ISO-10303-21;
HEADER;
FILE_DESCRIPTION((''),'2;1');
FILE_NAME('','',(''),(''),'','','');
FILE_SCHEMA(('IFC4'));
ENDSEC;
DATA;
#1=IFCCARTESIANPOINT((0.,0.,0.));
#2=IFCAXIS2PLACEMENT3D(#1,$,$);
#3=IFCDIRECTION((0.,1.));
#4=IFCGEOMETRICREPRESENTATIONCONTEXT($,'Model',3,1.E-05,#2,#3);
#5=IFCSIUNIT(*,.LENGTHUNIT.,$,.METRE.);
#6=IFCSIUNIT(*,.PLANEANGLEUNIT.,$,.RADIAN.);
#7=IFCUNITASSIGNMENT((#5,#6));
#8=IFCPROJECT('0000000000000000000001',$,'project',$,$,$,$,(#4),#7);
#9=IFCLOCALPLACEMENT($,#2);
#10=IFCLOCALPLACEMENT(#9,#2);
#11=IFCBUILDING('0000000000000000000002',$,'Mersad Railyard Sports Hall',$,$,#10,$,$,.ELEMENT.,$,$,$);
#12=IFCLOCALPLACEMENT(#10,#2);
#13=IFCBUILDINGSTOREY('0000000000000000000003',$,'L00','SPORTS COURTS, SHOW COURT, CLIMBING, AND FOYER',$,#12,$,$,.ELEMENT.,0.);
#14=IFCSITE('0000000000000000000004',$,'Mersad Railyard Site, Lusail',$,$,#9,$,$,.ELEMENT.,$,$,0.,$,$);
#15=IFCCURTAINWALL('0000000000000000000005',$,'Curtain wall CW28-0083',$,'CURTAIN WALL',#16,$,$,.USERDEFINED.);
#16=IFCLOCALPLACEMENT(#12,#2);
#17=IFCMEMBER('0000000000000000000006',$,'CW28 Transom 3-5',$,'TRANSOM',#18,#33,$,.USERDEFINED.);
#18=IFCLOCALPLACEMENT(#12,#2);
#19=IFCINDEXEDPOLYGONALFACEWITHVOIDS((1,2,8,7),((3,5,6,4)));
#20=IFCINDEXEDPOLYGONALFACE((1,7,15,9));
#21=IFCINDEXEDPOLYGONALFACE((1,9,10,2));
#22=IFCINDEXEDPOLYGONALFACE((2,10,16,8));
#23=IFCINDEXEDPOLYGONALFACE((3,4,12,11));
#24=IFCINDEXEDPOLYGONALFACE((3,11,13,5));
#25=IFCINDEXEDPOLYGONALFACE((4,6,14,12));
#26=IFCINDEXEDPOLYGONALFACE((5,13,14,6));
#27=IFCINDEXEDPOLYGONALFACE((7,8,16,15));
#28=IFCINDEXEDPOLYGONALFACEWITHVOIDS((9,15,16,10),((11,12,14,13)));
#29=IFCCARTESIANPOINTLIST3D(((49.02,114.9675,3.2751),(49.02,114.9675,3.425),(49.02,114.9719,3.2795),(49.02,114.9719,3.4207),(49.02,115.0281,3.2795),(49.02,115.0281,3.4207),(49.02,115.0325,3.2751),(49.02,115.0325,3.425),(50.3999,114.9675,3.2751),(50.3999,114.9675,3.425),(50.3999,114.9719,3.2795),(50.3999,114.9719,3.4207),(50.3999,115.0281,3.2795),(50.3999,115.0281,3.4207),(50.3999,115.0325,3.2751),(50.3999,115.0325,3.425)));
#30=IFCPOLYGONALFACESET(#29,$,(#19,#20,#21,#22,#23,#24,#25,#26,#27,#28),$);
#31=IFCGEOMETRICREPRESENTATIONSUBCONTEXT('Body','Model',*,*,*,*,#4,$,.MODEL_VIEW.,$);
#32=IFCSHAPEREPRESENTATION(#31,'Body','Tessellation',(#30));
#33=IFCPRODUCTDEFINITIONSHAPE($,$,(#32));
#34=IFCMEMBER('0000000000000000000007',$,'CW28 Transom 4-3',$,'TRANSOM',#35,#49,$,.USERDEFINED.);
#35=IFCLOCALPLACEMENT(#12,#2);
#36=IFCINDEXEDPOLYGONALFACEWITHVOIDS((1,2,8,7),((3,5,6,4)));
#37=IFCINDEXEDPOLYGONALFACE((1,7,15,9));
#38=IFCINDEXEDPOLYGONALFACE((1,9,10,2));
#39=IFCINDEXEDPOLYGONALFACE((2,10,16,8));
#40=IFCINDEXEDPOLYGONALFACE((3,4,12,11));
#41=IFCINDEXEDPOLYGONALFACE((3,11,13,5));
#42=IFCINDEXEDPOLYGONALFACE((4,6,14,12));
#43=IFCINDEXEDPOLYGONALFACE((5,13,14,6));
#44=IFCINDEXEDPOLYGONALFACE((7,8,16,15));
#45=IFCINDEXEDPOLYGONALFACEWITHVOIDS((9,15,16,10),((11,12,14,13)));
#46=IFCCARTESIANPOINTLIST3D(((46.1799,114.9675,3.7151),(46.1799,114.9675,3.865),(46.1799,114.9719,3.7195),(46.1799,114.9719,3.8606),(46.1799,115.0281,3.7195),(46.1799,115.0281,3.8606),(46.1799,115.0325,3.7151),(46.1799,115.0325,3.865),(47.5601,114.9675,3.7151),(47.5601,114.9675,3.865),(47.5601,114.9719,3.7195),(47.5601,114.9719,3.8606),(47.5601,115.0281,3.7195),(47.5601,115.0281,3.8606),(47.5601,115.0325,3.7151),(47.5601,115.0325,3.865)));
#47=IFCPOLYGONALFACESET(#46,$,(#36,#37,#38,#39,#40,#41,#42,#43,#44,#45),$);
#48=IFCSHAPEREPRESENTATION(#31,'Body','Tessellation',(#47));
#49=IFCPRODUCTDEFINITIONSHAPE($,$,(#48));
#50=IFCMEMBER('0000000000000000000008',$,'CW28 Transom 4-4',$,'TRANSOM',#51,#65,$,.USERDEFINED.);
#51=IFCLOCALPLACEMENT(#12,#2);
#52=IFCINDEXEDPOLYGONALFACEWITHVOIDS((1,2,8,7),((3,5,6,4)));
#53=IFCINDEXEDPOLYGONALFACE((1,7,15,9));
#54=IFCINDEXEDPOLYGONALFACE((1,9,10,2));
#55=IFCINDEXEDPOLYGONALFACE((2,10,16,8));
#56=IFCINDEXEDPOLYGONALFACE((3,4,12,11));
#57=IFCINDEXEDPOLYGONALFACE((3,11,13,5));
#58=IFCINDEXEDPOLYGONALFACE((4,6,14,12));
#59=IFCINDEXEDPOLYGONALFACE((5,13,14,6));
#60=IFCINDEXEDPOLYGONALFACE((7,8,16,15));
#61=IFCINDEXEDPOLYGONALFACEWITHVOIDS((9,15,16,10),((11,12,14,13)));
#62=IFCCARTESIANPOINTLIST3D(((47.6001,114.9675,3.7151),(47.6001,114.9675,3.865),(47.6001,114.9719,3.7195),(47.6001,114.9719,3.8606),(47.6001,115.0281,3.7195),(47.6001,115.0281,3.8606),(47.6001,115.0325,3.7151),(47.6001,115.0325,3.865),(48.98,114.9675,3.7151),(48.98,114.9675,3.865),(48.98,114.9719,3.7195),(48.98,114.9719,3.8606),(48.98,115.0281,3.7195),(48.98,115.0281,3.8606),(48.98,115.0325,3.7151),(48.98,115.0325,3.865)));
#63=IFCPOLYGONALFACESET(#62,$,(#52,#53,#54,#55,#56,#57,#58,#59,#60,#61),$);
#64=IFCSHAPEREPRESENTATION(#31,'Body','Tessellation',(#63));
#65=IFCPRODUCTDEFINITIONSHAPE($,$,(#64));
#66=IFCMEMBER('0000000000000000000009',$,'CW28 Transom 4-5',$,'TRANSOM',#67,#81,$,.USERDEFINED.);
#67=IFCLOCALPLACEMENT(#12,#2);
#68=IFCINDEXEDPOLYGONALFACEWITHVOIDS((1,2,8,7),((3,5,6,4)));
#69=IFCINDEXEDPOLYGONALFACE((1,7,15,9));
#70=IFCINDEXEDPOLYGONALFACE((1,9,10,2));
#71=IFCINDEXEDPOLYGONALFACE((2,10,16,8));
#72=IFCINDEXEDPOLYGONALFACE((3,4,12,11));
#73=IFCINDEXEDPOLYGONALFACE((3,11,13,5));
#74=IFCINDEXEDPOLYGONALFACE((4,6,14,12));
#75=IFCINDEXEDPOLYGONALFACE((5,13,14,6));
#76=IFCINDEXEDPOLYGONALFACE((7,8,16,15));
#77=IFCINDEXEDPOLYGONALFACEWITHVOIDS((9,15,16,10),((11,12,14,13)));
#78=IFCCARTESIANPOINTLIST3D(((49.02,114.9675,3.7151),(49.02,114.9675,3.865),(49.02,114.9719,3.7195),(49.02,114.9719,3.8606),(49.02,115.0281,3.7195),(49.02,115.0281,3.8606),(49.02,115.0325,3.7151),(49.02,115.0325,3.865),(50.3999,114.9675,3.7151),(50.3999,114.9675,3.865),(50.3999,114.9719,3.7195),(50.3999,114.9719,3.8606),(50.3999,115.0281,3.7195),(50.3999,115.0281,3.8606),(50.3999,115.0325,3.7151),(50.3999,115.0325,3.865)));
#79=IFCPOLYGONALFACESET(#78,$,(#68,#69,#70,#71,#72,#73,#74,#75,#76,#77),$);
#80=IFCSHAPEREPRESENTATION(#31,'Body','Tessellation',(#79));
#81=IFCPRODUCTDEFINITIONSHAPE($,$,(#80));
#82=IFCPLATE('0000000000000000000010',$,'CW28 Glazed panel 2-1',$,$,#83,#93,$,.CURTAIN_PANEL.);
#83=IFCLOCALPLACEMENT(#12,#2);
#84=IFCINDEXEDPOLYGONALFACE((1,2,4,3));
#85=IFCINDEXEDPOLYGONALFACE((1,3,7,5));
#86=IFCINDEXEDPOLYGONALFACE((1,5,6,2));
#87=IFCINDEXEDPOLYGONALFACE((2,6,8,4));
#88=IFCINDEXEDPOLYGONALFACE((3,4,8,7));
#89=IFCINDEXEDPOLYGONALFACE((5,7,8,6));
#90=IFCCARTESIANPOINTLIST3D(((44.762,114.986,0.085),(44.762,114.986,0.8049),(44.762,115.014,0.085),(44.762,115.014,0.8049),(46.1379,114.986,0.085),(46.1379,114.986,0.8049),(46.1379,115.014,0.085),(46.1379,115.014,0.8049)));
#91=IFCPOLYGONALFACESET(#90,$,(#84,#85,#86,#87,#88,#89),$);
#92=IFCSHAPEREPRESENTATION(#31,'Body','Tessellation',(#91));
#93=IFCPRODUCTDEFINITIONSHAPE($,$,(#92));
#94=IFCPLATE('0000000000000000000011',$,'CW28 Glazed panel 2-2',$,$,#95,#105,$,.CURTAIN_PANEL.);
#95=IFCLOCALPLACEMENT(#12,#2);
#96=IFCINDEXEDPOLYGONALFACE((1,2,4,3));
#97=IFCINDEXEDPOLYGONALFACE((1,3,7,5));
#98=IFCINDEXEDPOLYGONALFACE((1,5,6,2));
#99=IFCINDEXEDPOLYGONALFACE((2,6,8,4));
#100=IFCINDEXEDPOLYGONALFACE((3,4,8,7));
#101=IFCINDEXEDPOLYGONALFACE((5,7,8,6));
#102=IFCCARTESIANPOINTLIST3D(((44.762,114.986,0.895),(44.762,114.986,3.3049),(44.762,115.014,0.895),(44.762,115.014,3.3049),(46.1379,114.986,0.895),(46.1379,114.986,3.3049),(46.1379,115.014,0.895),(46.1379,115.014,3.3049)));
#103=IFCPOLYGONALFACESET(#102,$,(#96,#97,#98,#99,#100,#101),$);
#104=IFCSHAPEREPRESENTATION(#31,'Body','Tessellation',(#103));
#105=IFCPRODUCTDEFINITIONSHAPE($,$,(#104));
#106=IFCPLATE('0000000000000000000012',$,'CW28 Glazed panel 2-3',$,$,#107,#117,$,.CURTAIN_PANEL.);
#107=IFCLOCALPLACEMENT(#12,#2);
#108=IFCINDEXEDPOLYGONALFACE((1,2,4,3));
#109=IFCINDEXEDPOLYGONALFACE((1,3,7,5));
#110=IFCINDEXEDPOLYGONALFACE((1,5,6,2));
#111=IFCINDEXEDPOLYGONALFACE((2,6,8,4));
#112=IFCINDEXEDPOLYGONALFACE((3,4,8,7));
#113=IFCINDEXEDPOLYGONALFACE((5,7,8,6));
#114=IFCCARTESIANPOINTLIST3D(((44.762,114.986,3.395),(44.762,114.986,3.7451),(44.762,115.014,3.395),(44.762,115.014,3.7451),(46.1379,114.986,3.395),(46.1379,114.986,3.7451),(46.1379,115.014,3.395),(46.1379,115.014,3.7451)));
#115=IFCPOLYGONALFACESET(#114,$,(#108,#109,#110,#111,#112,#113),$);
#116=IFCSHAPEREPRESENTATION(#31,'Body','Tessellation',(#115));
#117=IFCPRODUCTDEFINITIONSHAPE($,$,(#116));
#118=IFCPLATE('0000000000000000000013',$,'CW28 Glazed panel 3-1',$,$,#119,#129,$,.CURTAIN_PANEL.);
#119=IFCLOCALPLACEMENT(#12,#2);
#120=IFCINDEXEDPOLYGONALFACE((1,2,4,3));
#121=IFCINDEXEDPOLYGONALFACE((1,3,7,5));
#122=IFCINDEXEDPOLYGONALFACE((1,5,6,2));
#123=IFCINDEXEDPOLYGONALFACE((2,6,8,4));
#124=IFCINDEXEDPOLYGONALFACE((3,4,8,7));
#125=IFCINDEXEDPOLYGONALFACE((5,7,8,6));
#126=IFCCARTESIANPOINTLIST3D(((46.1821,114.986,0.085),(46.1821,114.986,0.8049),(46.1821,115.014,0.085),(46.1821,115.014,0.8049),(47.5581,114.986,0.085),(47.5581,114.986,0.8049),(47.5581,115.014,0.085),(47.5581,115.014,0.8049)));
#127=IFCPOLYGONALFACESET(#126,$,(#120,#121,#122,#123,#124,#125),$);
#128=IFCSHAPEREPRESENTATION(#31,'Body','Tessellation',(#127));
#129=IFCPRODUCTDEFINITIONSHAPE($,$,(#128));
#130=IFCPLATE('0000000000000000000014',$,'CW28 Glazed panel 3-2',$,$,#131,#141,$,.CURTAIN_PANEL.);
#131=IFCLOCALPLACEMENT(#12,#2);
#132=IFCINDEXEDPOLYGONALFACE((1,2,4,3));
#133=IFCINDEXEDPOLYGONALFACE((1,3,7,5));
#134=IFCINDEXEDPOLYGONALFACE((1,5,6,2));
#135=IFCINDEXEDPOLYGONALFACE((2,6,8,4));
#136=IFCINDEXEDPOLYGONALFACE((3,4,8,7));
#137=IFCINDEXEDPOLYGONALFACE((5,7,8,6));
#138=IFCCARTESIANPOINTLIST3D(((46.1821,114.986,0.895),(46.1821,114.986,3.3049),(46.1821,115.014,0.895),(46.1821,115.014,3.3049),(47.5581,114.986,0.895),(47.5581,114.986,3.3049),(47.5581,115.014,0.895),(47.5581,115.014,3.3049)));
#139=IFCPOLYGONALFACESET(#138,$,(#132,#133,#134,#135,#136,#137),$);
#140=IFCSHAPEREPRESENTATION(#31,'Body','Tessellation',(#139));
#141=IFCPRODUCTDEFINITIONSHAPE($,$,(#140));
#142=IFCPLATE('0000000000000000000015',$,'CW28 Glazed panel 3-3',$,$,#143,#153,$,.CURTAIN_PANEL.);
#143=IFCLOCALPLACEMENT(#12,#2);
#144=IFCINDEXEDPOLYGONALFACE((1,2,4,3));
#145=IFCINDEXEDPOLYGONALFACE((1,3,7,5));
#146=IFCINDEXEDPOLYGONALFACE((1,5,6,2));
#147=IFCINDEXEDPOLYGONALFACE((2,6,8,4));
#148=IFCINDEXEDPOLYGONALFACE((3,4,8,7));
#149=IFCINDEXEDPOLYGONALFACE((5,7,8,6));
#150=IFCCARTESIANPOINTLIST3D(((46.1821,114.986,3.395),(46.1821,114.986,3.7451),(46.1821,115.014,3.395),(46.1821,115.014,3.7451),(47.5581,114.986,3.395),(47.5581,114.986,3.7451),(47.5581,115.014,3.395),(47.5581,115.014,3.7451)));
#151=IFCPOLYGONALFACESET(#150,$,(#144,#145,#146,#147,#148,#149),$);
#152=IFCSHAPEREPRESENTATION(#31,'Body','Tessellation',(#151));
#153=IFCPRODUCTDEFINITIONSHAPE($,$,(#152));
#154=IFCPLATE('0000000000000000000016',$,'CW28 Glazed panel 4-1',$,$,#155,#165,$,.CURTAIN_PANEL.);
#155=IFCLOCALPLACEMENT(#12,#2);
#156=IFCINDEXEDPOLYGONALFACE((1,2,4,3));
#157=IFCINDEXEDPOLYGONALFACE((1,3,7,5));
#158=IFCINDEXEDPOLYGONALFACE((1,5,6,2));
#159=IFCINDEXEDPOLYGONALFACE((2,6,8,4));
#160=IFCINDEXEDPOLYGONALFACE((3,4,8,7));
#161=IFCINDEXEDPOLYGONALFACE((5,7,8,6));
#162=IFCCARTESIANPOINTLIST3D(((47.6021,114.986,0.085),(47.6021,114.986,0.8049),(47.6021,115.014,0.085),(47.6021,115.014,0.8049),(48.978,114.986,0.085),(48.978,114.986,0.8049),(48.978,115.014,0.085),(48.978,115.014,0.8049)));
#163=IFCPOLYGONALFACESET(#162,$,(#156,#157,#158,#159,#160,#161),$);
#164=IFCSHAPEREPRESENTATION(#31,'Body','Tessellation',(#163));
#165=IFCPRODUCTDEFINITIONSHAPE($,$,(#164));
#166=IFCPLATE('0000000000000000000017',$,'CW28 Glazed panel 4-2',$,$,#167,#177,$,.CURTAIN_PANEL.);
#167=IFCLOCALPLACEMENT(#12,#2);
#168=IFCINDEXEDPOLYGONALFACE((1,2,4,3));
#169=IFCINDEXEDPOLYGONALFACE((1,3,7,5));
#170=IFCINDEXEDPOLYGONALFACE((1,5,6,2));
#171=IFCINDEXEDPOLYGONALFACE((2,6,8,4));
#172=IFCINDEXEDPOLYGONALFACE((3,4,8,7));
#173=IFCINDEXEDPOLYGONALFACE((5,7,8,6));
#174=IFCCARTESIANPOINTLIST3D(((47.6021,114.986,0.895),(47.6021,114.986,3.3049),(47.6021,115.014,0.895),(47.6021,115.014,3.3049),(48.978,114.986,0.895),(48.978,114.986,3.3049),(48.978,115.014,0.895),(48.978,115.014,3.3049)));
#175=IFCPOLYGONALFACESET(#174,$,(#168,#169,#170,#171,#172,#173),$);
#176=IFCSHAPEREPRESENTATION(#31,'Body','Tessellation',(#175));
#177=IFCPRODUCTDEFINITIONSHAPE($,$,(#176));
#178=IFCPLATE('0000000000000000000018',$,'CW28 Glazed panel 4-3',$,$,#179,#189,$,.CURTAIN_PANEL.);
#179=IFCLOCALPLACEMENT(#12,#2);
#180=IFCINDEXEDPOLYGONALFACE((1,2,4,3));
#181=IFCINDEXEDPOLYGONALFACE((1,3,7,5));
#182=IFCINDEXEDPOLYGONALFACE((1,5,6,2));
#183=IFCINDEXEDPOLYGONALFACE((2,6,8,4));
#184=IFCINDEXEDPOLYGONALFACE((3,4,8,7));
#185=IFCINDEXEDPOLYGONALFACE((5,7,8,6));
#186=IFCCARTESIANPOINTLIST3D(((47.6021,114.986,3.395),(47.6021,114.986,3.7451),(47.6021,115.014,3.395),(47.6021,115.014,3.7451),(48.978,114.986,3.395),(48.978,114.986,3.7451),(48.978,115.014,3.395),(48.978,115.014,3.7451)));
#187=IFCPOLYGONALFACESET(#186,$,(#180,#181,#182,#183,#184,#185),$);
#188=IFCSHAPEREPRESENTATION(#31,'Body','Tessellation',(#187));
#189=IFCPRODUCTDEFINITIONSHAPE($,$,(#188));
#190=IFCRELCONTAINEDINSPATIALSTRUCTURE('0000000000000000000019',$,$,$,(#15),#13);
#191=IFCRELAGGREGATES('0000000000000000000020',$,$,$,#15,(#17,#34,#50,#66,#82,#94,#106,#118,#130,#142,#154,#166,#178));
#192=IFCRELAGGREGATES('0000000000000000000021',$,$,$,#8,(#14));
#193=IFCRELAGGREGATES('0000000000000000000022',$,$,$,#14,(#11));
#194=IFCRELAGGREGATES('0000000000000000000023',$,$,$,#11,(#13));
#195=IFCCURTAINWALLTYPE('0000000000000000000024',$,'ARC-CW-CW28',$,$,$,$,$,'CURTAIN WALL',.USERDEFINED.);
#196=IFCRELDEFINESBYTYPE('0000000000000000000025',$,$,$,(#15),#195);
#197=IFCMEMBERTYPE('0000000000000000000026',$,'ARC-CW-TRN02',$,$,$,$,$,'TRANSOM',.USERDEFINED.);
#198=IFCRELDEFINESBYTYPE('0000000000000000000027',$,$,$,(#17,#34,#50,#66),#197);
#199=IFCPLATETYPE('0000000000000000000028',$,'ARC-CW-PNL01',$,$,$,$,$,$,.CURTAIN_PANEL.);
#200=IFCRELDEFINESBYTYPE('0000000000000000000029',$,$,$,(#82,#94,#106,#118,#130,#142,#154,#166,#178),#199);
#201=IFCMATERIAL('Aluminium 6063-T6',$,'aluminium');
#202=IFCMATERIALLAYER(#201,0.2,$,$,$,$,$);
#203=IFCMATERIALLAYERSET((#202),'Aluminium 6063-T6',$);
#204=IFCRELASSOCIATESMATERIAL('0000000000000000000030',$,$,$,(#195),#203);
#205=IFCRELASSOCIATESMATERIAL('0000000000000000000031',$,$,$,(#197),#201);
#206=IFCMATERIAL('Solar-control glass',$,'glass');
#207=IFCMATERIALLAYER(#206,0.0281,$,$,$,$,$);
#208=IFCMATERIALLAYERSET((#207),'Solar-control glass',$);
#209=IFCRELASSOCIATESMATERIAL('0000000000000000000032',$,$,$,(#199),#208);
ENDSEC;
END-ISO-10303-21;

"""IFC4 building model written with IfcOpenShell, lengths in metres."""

from ifc_helpers import new_model, si_unit, direction, frame, origin, origin_2d, place, context, subcontext, project, spatial, rectangle, hollow_rectangle, extrude, material, layer, layer_set, material_profile, profile_set, type_object, element, aggregate, save


model = new_model("IFC4")

# Units and contexts
model_context = context("Model", 3, precision=1e-05, world=origin(), true_north=direction((0.0, 1.0)))
body_context = subcontext(model_context, "Body", "Model", "MODEL_VIEW")
ifc_project = project(units=[si_unit("LENGTHUNIT", "METRE"), si_unit("PLANEANGLEUNIT", "RADIAN")], contexts=[model_context])

# Site, building, storey
site_placement = place(None, origin())
site = spatial("IfcSite", under=ifc_project, at=site_placement, Name="Mersad Railyard Site, Lusail", CompositionType="ELEMENT", RefElevation=0.0)
building_placement = place(site_placement, origin())
building = spatial("IfcBuilding", under=site, at=building_placement, Name="Mersad Railyard Sports Hall", CompositionType="ELEMENT")
storey_placement = place(building_placement, origin())
storey = spatial("IfcBuildingStorey", under=building, at=storey_placement, Name="L00", Description="SPORTS COURTS, SHOW COURT, CLIMBING, AND FOYER", CompositionType="ELEMENT", Elevation=0.0)

# Curtain wall, members, plates
ifc_material_1 = material(Name="Aluminium 6063-T6", Category="aluminium")
ifc_layer_1 = layer(ifc_material_1, 0.2)
ifc_layer_set_1 = layer_set([ifc_layer_1], Name="Aluminium 6063-T6")
curtain_wall_type = type_object("IfcCurtainWallType", Name="ARC-CW-CW28", ElementType="CURTAIN WALL", PredefinedType="USERDEFINED", material=ifc_layer_set_1)
curtain_wall_placement = place(storey_placement, origin())
curtain_wall = element("IfcCurtainWall", 1, at=curtain_wall_placement, inside=storey, type_object=curtain_wall_type, Name="Curtain wall CW28-0083", ObjectType="CURTAIN WALL", PredefinedType="USERDEFINED")
ifc_material_profile_1 = material_profile(ifc_material_1, hollow_rectangle(XDim=0.0649, YDim=0.1499, WallThickness=0.0044, at=origin_2d()), Name="AL TRANSOM 65x150x4.5")
ifc_profile_set_1 = profile_set([ifc_material_profile_1], Name="Aluminium 6063-T6")
member_type_1 = type_object("IfcMemberType", Name="ARC-CW-TRN02", ElementType="TRANSOM", PredefinedType="USERDEFINED", material=ifc_profile_set_1)
member_1_placement = place(storey_placement, frame((49.02, 115.0, 3.3501), z_axis=(1.0, 0.0, 0.0), x_axis=(0.0, 1.0, 0.0)))
member_1 = element("IfcMember", 2, at=member_1_placement, type_object=member_type_1, Name="CW28 Transom 3-5", ObjectType="TRANSOM", PredefinedType="USERDEFINED", context=body_context, shape_type="SweptSolid", body=[
    extrude(hollow_rectangle(XDim=0.0649, YDim=0.1499, WallThickness=0.0044, at=origin_2d()), origin(), (0.0, 0.0, 1.0), 1.3799),
])
member_2_placement = place(storey_placement, frame((46.1799, 115.0, 3.79), z_axis=(1.0, 0.0, 0.0), x_axis=(0.0, 1.0, 0.0)))
member_2 = element("IfcMember", 3, at=member_2_placement, type_object=member_type_1, Name="CW28 Transom 4-3", ObjectType="TRANSOM", PredefinedType="USERDEFINED", context=body_context, shape_type="SweptSolid", body=[
    extrude(hollow_rectangle(XDim=0.0649, YDim=0.1499, WallThickness=0.0044, at=origin_2d()), origin(), (0.0, 0.0, 1.0), 1.3801),
])
member_3_placement = place(storey_placement, frame((47.6001, 115.0, 3.79), z_axis=(1.0, 0.0, 0.0), x_axis=(0.0, 1.0, 0.0)))
member_3 = element("IfcMember", 4, at=member_3_placement, type_object=member_type_1, Name="CW28 Transom 4-4", ObjectType="TRANSOM", PredefinedType="USERDEFINED", context=body_context, shape_type="SweptSolid", body=[
    extrude(hollow_rectangle(XDim=0.0649, YDim=0.1499, WallThickness=0.0044, at=origin_2d()), origin(), (0.0, 0.0, 1.0), 1.3799),
])
member_4_placement = place(storey_placement, frame((49.02, 115.0, 3.79), z_axis=(1.0, 0.0, 0.0), x_axis=(0.0, 1.0, 0.0)))
member_4 = element("IfcMember", 5, at=member_4_placement, type_object=member_type_1, Name="CW28 Transom 4-5", ObjectType="TRANSOM", PredefinedType="USERDEFINED", context=body_context, shape_type="SweptSolid", body=[
    extrude(hollow_rectangle(XDim=0.0649, YDim=0.1499, WallThickness=0.0044, at=origin_2d()), origin(), (0.0, 0.0, 1.0), 1.3799),
])
ifc_material_2 = material(Name="Solar-control glass", Category="glass")
ifc_layer_2 = layer(ifc_material_2, 0.0281)
ifc_layer_set_2 = layer_set([ifc_layer_2], Name="Solar-control glass")
plate_type = type_object("IfcPlateType", Name="ARC-CW-PNL01", PredefinedType="CURTAIN_PANEL", material=ifc_layer_set_2)
plate_1_placement = place(storey_placement, frame((45.45, 115.0, 0.085), z_axis=(0.0, 0.0, 1.0), x_axis=(1.0, 0.0, 0.0)))
plate_1 = element("IfcPlate", 6, at=plate_1_placement, type_object=plate_type, Name="CW28 Glazed panel 2-1", PredefinedType="CURTAIN_PANEL", context=body_context, shape_type="SweptSolid", body=[
    extrude(rectangle(XDim=1.376, YDim=0.0281, at=origin_2d()), origin(), (0.0, 0.0, 1.0), 0.72),
])
plate_2_placement = place(storey_placement, frame((45.45, 115.0, 0.895), z_axis=(0.0, 0.0, 1.0), x_axis=(1.0, 0.0, 0.0)))
plate_2 = element("IfcPlate", 7, at=plate_2_placement, type_object=plate_type, Name="CW28 Glazed panel 2-2", PredefinedType="CURTAIN_PANEL", context=body_context, shape_type="SweptSolid", body=[
    extrude(rectangle(XDim=1.376, YDim=0.0281, at=origin_2d()), origin(), (0.0, 0.0, 1.0), 2.4099),
])
plate_3_placement = place(storey_placement, frame((45.45, 115.0, 3.395), z_axis=(0.0, 0.0, 1.0), x_axis=(1.0, 0.0, 0.0)))
plate_3 = element("IfcPlate", 8, at=plate_3_placement, type_object=plate_type, Name="CW28 Glazed panel 2-3", PredefinedType="CURTAIN_PANEL", context=body_context, shape_type="SweptSolid", body=[
    extrude(rectangle(XDim=1.376, YDim=0.0281, at=origin_2d()), origin(), (0.0, 0.0, 1.0), 0.3501),
])
plate_4_placement = place(storey_placement, frame((46.8701, 115.0, 0.085), z_axis=(0.0, 0.0, 1.0), x_axis=(1.0, 0.0, 0.0)))
plate_4 = element("IfcPlate", 9, at=plate_4_placement, type_object=plate_type, Name="CW28 Glazed panel 3-1", PredefinedType="CURTAIN_PANEL", context=body_context, shape_type="SweptSolid", body=[
    extrude(rectangle(XDim=1.376, YDim=0.0281, at=origin_2d()), origin(), (0.0, 0.0, 1.0), 0.72),
])
plate_5_placement = place(storey_placement, frame((46.8701, 115.0, 0.895), z_axis=(0.0, 0.0, 1.0), x_axis=(1.0, 0.0, 0.0)))
plate_5 = element("IfcPlate", 10, at=plate_5_placement, type_object=plate_type, Name="CW28 Glazed panel 3-2", PredefinedType="CURTAIN_PANEL", context=body_context, shape_type="SweptSolid", body=[
    extrude(rectangle(XDim=1.376, YDim=0.0281, at=origin_2d()), origin(), (0.0, 0.0, 1.0), 2.4099),
])
plate_6_placement = place(storey_placement, frame((46.8701, 115.0, 3.395), z_axis=(0.0, 0.0, 1.0), x_axis=(1.0, 0.0, 0.0)))
plate_6 = element("IfcPlate", 11, at=plate_6_placement, type_object=plate_type, Name="CW28 Glazed panel 3-3", PredefinedType="CURTAIN_PANEL", context=body_context, shape_type="SweptSolid", body=[
    extrude(rectangle(XDim=1.376, YDim=0.0281, at=origin_2d()), origin(), (0.0, 0.0, 1.0), 0.3501),
])
plate_7_placement = place(storey_placement, frame((48.29, 115.0, 0.085), z_axis=(0.0, 0.0, 1.0), x_axis=(1.0, 0.0, 0.0)))
plate_7 = element("IfcPlate", 12, at=plate_7_placement, type_object=plate_type, Name="CW28 Glazed panel 4-1", PredefinedType="CURTAIN_PANEL", context=body_context, shape_type="SweptSolid", body=[
    extrude(rectangle(XDim=1.376, YDim=0.0281, at=origin_2d()), origin(), (0.0, 0.0, 1.0), 0.72),
])
plate_8_placement = place(storey_placement, frame((48.29, 115.0, 0.895), z_axis=(0.0, 0.0, 1.0), x_axis=(1.0, 0.0, 0.0)))
plate_8 = element("IfcPlate", 13, at=plate_8_placement, type_object=plate_type, Name="CW28 Glazed panel 4-2", PredefinedType="CURTAIN_PANEL", context=body_context, shape_type="SweptSolid", body=[
    extrude(rectangle(XDim=1.376, YDim=0.0281, at=origin_2d()), origin(), (0.0, 0.0, 1.0), 2.4099),
])
plate_9_placement = place(storey_placement, frame((48.29, 115.0, 3.395), z_axis=(0.0, 0.0, 1.0), x_axis=(1.0, 0.0, 0.0)))
plate_9 = element("IfcPlate", 14, at=plate_9_placement, type_object=plate_type, Name="CW28 Glazed panel 4-3", PredefinedType="CURTAIN_PANEL", context=body_context, shape_type="SweptSolid", body=[
    extrude(rectangle(XDim=1.376, YDim=0.0281, at=origin_2d()), origin(), (0.0, 0.0, 1.0), 0.3501),
])
aggregate(curtain_wall, [member_1, member_2, member_3, member_4, plate_1, plate_2, plate_3, plate_4, plate_5, plate_6, plate_7, plate_8, plate_9])

save(model, "model.ifc")
